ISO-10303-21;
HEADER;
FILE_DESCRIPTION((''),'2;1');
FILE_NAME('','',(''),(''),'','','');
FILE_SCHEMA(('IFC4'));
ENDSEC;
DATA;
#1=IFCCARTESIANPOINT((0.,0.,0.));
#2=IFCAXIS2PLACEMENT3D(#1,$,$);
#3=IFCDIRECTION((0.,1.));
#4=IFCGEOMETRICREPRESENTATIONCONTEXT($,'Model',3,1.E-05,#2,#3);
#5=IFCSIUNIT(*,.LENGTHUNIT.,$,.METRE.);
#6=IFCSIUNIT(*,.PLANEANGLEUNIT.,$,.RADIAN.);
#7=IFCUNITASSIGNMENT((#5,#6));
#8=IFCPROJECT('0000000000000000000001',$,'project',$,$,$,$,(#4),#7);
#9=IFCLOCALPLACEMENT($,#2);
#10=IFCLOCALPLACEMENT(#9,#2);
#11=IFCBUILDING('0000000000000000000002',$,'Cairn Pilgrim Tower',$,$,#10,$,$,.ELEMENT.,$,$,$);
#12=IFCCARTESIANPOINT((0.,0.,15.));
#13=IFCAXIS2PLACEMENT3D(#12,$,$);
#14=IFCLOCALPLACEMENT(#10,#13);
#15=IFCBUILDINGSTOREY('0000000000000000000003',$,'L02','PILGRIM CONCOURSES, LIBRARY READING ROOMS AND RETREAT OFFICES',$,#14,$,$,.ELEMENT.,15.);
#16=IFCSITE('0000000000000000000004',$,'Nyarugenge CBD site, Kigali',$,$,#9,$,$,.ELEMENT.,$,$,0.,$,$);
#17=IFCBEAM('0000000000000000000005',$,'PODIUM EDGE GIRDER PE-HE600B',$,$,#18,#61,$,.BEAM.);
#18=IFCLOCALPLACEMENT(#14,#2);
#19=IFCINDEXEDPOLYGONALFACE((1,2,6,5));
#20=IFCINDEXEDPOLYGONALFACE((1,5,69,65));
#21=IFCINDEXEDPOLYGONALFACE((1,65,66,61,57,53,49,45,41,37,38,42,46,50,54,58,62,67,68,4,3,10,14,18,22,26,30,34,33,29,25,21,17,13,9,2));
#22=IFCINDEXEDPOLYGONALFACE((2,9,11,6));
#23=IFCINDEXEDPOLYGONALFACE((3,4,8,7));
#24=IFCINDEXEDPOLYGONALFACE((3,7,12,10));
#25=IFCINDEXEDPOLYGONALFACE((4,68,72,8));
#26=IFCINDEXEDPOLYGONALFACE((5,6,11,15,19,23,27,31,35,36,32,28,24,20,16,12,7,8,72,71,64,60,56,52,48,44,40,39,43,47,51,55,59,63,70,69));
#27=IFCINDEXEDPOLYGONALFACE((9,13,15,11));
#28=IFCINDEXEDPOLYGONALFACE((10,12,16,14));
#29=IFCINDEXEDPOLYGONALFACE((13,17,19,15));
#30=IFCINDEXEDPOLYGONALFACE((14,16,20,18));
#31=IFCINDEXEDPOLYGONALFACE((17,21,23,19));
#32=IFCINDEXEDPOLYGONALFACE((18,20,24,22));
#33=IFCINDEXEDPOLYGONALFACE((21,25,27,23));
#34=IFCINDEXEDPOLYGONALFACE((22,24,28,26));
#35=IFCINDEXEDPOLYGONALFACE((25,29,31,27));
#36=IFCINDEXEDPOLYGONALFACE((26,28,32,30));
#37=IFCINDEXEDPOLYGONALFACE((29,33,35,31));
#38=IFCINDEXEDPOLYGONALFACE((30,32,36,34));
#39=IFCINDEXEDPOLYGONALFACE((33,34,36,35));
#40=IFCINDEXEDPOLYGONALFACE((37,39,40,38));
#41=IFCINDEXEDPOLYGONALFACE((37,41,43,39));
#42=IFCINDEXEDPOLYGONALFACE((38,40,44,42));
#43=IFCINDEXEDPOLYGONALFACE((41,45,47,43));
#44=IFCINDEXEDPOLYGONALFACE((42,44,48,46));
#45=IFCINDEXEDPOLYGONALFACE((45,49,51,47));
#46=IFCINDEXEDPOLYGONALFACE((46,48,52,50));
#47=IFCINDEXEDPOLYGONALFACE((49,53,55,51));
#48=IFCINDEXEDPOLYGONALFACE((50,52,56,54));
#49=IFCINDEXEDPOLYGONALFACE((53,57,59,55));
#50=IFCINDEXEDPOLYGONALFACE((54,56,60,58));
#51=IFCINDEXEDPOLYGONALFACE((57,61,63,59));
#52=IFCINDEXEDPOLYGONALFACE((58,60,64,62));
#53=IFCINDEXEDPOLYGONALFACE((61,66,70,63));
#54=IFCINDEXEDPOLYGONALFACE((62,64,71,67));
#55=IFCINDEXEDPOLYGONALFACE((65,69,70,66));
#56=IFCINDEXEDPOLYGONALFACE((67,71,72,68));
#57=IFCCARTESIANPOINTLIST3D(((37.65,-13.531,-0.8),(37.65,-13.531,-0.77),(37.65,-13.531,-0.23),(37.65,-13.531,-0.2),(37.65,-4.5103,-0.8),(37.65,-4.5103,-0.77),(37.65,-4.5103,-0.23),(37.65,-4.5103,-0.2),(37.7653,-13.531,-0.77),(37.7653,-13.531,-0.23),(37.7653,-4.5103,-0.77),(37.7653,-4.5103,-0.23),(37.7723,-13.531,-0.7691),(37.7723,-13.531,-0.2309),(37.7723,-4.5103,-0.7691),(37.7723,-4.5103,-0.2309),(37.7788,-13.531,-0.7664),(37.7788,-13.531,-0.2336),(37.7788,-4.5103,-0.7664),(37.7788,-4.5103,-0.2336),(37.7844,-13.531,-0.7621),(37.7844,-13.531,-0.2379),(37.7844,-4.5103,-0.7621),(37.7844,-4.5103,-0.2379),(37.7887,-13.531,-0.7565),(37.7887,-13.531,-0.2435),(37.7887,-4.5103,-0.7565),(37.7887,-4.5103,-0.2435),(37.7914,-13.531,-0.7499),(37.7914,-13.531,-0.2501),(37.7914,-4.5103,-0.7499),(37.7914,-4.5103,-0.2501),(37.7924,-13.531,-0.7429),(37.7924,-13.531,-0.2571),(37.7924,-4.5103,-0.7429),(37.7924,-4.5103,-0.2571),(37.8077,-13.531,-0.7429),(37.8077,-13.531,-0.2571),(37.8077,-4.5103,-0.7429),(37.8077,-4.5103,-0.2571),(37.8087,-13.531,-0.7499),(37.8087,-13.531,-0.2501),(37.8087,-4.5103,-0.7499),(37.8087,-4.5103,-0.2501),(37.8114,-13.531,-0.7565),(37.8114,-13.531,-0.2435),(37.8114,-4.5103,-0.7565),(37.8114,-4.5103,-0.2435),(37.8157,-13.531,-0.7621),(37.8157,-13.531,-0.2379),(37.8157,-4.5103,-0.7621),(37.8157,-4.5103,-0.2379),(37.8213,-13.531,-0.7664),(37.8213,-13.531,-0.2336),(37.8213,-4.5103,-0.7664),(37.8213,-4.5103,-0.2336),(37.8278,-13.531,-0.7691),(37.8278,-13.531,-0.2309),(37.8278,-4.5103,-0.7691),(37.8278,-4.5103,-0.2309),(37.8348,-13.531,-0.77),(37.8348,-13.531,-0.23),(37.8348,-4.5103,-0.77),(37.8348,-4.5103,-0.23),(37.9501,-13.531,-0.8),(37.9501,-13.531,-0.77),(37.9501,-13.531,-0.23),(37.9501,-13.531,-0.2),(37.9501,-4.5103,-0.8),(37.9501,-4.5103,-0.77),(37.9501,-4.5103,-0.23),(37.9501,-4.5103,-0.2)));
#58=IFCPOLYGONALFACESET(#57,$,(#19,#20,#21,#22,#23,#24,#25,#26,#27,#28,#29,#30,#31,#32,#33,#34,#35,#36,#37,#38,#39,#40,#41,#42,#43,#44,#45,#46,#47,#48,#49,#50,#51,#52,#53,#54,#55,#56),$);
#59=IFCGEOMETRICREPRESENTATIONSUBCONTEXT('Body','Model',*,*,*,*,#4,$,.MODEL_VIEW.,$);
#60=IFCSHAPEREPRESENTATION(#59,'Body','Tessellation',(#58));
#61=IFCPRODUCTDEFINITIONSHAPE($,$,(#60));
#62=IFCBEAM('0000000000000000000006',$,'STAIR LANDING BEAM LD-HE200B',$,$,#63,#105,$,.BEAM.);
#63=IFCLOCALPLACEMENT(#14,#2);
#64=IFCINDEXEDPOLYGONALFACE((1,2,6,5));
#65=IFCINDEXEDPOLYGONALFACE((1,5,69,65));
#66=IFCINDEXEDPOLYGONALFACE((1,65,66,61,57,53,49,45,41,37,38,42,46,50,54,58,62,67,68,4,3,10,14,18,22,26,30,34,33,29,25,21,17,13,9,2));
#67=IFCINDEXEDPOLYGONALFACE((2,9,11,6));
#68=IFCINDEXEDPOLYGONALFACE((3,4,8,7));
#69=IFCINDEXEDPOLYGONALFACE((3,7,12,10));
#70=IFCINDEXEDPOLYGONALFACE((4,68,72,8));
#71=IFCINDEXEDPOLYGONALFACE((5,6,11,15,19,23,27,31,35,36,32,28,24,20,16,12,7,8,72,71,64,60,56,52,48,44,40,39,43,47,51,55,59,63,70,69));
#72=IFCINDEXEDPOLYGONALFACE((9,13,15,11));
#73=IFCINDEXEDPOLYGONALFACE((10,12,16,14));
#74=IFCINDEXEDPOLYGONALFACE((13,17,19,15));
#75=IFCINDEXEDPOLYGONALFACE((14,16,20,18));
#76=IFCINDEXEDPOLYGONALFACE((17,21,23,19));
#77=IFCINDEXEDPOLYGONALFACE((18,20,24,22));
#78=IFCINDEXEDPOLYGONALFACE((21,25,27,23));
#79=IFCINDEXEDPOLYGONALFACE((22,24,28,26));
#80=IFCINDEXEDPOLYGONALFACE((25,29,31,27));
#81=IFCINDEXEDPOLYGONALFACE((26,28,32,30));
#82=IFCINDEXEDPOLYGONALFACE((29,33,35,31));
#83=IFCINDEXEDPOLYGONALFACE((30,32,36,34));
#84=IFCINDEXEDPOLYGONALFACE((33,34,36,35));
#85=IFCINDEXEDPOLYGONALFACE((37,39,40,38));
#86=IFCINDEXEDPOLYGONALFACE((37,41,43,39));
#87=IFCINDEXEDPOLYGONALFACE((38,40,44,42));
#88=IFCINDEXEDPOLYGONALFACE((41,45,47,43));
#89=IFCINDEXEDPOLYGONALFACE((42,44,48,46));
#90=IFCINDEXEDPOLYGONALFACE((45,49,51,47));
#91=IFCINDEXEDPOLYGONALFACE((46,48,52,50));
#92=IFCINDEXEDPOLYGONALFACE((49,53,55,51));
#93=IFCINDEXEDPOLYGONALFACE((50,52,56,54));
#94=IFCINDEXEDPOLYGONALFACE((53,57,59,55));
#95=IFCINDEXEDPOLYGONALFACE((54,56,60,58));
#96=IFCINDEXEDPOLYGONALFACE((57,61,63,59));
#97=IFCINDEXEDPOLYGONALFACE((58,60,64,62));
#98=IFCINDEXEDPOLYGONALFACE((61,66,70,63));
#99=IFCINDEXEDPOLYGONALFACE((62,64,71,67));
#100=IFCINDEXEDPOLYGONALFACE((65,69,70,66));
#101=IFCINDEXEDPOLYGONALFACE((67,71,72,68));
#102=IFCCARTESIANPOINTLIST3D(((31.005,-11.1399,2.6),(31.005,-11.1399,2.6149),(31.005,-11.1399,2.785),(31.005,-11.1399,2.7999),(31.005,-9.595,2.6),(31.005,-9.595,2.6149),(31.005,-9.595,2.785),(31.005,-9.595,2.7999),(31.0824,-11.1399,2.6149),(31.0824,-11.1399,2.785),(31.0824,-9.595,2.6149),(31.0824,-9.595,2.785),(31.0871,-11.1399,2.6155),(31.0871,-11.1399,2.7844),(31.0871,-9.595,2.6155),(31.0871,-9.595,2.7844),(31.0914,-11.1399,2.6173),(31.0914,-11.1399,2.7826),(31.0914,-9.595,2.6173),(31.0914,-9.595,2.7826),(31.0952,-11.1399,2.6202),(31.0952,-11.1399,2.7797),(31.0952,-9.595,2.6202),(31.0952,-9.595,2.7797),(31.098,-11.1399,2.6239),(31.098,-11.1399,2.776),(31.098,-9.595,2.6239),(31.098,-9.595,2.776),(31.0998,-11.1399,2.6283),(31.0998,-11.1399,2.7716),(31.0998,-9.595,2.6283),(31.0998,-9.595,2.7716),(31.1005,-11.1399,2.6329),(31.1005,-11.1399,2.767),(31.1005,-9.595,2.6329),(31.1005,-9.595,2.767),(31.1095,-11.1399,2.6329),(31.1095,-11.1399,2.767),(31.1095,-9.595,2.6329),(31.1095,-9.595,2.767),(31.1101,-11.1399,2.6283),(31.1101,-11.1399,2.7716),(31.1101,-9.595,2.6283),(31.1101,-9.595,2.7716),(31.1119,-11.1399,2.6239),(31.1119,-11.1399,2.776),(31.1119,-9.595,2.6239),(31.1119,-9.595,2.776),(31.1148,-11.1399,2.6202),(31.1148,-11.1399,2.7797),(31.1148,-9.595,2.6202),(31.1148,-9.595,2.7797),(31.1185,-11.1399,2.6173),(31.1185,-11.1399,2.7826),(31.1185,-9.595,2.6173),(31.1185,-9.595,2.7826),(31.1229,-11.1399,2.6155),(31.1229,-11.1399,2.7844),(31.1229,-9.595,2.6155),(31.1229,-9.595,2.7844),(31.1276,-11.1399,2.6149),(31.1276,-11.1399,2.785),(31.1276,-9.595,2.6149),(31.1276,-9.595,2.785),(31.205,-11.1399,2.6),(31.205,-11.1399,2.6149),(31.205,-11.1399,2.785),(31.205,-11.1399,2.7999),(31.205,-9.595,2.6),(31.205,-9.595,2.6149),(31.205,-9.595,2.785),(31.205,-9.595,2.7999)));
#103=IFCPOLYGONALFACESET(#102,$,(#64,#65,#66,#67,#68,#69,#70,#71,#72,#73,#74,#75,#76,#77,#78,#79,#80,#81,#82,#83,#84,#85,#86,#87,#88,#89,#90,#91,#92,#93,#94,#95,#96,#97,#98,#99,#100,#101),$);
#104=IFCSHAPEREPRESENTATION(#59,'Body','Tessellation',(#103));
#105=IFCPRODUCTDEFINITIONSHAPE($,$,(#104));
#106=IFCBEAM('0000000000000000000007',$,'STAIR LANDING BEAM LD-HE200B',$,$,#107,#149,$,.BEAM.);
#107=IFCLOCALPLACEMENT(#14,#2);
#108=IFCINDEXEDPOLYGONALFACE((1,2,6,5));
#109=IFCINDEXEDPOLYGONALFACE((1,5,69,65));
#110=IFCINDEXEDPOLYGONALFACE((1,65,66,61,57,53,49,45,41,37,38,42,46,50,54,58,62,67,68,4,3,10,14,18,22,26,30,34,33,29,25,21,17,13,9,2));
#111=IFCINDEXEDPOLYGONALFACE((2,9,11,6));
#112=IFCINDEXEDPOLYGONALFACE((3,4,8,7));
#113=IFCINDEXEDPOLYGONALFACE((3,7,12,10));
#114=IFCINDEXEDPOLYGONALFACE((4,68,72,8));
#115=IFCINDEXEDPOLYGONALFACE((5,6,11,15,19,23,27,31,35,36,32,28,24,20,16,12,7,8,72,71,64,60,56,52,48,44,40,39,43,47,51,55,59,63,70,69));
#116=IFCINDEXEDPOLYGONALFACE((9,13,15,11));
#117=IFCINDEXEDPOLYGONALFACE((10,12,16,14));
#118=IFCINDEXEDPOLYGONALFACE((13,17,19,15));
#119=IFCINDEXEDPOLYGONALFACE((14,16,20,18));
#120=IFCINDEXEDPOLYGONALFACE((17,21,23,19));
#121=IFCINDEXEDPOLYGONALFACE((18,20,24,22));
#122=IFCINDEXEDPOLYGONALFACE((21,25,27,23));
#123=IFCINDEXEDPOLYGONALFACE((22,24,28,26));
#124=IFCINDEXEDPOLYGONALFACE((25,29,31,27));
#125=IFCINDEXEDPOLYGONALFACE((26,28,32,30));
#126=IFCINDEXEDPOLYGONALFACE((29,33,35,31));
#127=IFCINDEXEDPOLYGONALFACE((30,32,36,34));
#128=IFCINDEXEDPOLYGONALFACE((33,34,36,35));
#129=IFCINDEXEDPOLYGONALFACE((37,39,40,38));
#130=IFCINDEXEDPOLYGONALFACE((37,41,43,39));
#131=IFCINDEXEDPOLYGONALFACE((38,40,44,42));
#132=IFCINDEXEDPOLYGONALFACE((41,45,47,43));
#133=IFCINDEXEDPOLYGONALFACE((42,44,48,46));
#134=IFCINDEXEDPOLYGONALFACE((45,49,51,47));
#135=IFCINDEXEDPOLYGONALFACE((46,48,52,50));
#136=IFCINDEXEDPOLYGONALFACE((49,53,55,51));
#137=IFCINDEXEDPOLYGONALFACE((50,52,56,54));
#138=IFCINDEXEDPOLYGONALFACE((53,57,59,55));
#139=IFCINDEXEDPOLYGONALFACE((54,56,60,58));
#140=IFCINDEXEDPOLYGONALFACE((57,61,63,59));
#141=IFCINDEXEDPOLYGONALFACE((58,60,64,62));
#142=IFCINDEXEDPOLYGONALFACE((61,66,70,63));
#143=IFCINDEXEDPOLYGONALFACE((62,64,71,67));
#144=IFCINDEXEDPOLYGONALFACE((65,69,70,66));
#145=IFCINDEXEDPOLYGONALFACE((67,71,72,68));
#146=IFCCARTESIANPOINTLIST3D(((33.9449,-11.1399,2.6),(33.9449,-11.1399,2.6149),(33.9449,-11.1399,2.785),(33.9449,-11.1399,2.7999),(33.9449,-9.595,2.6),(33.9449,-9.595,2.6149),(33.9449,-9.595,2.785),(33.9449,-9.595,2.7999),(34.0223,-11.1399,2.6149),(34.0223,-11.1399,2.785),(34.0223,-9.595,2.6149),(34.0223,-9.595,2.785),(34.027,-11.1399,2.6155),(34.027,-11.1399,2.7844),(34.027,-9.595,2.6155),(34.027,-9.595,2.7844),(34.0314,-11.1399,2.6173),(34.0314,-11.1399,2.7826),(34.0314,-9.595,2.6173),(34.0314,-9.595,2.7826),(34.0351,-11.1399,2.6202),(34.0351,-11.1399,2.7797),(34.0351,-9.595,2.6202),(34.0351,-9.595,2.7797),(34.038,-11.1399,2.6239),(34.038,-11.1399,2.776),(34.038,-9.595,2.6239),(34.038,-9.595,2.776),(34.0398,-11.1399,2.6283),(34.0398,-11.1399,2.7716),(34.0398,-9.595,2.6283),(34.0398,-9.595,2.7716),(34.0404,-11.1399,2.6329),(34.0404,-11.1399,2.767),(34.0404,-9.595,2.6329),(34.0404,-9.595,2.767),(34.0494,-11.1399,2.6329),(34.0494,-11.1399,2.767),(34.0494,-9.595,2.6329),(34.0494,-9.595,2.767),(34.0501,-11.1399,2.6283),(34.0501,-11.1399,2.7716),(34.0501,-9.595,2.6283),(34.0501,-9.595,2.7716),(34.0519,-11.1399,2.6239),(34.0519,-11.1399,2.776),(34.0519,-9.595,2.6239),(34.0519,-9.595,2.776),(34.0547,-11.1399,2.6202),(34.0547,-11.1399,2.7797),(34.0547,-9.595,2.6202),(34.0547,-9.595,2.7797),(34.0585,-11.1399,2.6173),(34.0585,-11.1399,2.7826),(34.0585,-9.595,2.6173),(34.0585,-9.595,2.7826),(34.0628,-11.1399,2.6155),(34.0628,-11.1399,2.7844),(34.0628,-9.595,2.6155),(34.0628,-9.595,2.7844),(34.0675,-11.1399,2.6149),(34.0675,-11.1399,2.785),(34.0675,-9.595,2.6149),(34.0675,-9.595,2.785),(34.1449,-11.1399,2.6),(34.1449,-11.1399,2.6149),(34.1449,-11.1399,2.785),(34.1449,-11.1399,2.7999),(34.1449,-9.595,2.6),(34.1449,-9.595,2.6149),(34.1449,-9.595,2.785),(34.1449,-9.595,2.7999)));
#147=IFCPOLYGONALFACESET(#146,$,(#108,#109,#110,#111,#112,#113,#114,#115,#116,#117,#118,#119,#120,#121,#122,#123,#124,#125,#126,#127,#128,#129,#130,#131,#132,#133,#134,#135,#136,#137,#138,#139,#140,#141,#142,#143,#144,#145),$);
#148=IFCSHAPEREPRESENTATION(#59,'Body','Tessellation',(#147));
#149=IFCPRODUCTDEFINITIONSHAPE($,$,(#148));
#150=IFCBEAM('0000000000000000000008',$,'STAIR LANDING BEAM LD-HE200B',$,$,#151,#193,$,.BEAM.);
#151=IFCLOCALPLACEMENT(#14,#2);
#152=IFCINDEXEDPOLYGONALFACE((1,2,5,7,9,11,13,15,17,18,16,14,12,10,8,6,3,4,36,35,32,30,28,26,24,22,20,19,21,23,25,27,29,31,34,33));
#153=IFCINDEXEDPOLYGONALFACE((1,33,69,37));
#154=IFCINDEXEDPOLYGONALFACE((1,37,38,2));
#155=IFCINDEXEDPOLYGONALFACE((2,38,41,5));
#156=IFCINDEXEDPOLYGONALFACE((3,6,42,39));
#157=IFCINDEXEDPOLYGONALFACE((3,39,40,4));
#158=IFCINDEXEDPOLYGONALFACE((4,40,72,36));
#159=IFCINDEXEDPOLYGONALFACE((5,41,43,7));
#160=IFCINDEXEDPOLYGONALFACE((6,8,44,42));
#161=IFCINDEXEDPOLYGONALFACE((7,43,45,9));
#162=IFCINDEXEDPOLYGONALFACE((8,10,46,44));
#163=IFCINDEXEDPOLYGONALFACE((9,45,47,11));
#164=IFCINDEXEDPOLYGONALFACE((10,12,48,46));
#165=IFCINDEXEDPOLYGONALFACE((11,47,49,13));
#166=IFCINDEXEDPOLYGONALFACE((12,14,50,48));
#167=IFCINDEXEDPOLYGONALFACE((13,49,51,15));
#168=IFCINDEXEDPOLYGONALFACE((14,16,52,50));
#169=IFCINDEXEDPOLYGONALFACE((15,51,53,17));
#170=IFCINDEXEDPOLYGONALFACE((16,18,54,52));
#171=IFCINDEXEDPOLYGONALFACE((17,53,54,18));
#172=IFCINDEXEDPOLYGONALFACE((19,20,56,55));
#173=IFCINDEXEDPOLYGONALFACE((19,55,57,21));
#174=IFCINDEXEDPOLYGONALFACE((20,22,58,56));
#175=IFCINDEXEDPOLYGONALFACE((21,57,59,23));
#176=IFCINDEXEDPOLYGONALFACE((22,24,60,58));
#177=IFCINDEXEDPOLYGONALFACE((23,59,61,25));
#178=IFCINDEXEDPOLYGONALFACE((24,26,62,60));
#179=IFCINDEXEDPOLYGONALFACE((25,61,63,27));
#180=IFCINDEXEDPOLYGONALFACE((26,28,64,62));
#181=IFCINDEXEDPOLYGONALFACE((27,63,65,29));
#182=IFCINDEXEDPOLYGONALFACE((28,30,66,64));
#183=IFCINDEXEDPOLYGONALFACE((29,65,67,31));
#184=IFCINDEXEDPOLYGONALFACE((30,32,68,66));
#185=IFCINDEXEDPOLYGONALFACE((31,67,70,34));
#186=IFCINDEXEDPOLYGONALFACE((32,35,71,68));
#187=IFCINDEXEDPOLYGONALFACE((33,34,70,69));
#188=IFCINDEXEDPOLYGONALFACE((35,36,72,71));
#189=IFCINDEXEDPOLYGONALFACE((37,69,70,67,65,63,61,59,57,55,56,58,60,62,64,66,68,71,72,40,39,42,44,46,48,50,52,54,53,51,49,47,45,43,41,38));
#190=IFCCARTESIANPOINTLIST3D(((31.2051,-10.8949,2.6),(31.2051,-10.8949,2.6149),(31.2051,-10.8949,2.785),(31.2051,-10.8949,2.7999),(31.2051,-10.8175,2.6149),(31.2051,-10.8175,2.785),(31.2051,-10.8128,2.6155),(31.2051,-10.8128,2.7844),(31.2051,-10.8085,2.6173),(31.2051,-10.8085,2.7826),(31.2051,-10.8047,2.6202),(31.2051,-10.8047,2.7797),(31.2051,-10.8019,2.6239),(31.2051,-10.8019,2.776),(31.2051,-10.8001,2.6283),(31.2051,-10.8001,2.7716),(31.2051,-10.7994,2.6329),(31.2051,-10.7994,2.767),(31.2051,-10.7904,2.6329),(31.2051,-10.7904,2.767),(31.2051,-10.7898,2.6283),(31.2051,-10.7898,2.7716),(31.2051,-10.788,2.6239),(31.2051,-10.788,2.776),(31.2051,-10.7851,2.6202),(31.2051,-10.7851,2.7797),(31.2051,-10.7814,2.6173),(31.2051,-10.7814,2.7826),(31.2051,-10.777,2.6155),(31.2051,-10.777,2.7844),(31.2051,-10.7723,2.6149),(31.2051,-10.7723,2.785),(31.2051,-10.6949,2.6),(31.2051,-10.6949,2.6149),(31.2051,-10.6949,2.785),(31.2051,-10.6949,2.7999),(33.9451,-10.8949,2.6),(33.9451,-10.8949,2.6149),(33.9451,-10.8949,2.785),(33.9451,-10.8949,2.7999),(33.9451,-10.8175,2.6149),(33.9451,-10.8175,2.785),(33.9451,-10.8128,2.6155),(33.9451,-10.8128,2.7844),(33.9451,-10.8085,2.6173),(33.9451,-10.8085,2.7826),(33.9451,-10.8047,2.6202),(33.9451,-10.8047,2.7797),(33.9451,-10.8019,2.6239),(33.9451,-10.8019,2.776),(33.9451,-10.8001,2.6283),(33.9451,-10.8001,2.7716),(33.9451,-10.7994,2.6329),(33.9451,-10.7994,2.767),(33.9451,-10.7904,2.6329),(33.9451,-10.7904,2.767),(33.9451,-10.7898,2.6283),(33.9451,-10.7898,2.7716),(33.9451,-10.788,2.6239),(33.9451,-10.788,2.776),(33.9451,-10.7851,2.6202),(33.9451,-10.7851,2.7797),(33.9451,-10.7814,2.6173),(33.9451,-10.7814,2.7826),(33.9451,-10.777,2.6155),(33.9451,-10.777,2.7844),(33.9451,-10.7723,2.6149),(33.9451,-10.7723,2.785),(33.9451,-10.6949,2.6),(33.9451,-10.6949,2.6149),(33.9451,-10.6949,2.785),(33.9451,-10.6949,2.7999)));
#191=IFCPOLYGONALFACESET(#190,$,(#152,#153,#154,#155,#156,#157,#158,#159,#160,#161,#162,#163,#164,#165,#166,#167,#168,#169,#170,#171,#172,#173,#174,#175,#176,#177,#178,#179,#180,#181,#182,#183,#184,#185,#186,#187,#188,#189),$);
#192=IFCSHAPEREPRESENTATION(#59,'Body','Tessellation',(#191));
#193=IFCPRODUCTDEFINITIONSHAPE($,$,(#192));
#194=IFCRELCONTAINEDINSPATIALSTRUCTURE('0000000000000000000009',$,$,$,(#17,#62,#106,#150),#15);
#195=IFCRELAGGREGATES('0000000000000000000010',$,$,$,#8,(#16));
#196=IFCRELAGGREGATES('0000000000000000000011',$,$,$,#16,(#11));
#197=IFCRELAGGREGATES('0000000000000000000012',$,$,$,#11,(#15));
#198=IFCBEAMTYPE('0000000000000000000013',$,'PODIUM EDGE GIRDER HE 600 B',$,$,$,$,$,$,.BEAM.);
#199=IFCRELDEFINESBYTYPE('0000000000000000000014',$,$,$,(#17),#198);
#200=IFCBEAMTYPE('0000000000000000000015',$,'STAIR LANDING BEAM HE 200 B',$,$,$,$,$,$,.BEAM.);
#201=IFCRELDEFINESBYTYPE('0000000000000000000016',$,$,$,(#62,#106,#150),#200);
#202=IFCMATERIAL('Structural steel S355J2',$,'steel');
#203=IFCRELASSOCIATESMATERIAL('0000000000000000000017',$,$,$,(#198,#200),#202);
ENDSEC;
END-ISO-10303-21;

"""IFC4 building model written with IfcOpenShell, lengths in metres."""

from ifc_helpers import new_model, si_unit, direction, frame, origin, origin_2d, place, context, subcontext, project, spatial, i_section, extrude, material, material_profile, profile_set, type_object, element, save


model = new_model("IFC4")

# Units and contexts
model_context = context("Model", 3, precision=1e-05, world=origin(), true_north=direction((0.0, 1.0)))
body_context = subcontext(model_context, "Body", "Model", "MODEL_VIEW")
ifc_project = project(units=[si_unit("LENGTHUNIT", "METRE"), si_unit("PLANEANGLEUNIT", "RADIAN")], contexts=[model_context])

# Site, building, storey
site_placement = place(None, origin())
site = spatial("IfcSite", under=ifc_project, at=site_placement, Name="Nyarugenge CBD site, Kigali", CompositionType="ELEMENT", RefElevation=0.0)
building_placement = place(site_placement, origin())
building = spatial("IfcBuilding", under=site, at=building_placement, Name="Cairn Pilgrim Tower", CompositionType="ELEMENT")
storey_placement = place(building_placement, frame((0.0, 0.0, 15.0)))
storey = spatial("IfcBuildingStorey", under=building, at=storey_placement, Name="L02", Description="PILGRIM CONCOURSES, LIBRARY READING ROOMS AND RETREAT OFFICES", CompositionType="ELEMENT", Elevation=15.0)

# Shared definitions
ifc_material_1 = material(Name="Structural steel S355J2", Category="steel")

# Beams
ifc_material_profile_1 = material_profile(ifc_material_1, i_section(OverallWidth=0.3, OverallDepth=0.6001, WebThickness=0.0154, FlangeThickness=0.03, FilletRadius=0.0271, at=origin_2d()), Name="HEB 600")
ifc_profile_set_1 = profile_set([ifc_material_profile_1], Name="Structural steel S355J2")
beam_type_1 = type_object("IfcBeamType", Name="PODIUM EDGE GIRDER HE 600 B", PredefinedType="BEAM", material=ifc_profile_set_1)
beam_1_placement = place(storey_placement, frame((37.8, -13.531, -0.5), z_axis=(0.0, 1.0, 0.0), x_axis=(-1.0, 0.0, 0.0)))
element("IfcBeam", 1, at=beam_1_placement, inside=storey, type_object=beam_type_1, Name="PODIUM EDGE GIRDER PE-HE600B", PredefinedType="BEAM", context=body_context, shape_type="SweptSolid", body=[
    extrude(i_section(OverallWidth=0.3, OverallDepth=0.6001, WebThickness=0.0154, FlangeThickness=0.03, FilletRadius=0.0271, at=origin_2d()), origin(), (0.0, 0.0, 1.0), 9.0208),
])
ifc_material_profile_2 = material_profile(ifc_material_1, i_section(OverallWidth=0.2, OverallDepth=0.2, WebThickness=0.009, FlangeThickness=0.0149, FilletRadius=0.0181, at=origin_2d()), Name="HE 200 B")
ifc_profile_set_2 = profile_set([ifc_material_profile_2], Name="Structural steel S355J2")
beam_type_2 = type_object("IfcBeamType", Name="STAIR LANDING BEAM HE 200 B", PredefinedType="BEAM", material=ifc_profile_set_2)
for number, where, z_axis, x_axis, name in (
    (2, (31.105, -11.1399, 2.7), (0.0, 1.0, 0.0), (-1.0, 0.0, 0.0), "STAIR LANDING BEAM LD-HE200B"),
    (3, (34.0449, -11.1399, 2.7), (0.0, 1.0, 0.0), (-1.0, 0.0, 0.0), "STAIR LANDING BEAM LD-HE200B"),
):
    element("IfcBeam", number, at=place(storey_placement, frame(where, z_axis=z_axis, x_axis=x_axis)), inside=storey, type_object=beam_type_2, Name=name, PredefinedType="BEAM", context=body_context, shape_type="SweptSolid", body=[
        extrude(i_section(OverallWidth=0.2, OverallDepth=0.2, WebThickness=0.009, FlangeThickness=0.0149, FilletRadius=0.0181, at=origin_2d()), origin(), (0.0, 0.0, 1.0), 1.5449),
    ])
beam_2_placement = place(storey_placement, frame((31.2051, -10.7949, 2.7), z_axis=(1.0, 0.0, 0.0), x_axis=(0.0, 1.0, 0.0)))
element("IfcBeam", 4, at=beam_2_placement, inside=storey, type_object=beam_type_2, Name="STAIR LANDING BEAM LD-HE200B", PredefinedType="BEAM", context=body_context, shape_type="SweptSolid", body=[
    extrude(i_section(OverallWidth=0.2, OverallDepth=0.2, WebThickness=0.009, FlangeThickness=0.0149, FilletRadius=0.0181, at=origin_2d()), origin(), (0.0, 0.0, 1.0), 2.74),
])

save(model, "model.ifc")
